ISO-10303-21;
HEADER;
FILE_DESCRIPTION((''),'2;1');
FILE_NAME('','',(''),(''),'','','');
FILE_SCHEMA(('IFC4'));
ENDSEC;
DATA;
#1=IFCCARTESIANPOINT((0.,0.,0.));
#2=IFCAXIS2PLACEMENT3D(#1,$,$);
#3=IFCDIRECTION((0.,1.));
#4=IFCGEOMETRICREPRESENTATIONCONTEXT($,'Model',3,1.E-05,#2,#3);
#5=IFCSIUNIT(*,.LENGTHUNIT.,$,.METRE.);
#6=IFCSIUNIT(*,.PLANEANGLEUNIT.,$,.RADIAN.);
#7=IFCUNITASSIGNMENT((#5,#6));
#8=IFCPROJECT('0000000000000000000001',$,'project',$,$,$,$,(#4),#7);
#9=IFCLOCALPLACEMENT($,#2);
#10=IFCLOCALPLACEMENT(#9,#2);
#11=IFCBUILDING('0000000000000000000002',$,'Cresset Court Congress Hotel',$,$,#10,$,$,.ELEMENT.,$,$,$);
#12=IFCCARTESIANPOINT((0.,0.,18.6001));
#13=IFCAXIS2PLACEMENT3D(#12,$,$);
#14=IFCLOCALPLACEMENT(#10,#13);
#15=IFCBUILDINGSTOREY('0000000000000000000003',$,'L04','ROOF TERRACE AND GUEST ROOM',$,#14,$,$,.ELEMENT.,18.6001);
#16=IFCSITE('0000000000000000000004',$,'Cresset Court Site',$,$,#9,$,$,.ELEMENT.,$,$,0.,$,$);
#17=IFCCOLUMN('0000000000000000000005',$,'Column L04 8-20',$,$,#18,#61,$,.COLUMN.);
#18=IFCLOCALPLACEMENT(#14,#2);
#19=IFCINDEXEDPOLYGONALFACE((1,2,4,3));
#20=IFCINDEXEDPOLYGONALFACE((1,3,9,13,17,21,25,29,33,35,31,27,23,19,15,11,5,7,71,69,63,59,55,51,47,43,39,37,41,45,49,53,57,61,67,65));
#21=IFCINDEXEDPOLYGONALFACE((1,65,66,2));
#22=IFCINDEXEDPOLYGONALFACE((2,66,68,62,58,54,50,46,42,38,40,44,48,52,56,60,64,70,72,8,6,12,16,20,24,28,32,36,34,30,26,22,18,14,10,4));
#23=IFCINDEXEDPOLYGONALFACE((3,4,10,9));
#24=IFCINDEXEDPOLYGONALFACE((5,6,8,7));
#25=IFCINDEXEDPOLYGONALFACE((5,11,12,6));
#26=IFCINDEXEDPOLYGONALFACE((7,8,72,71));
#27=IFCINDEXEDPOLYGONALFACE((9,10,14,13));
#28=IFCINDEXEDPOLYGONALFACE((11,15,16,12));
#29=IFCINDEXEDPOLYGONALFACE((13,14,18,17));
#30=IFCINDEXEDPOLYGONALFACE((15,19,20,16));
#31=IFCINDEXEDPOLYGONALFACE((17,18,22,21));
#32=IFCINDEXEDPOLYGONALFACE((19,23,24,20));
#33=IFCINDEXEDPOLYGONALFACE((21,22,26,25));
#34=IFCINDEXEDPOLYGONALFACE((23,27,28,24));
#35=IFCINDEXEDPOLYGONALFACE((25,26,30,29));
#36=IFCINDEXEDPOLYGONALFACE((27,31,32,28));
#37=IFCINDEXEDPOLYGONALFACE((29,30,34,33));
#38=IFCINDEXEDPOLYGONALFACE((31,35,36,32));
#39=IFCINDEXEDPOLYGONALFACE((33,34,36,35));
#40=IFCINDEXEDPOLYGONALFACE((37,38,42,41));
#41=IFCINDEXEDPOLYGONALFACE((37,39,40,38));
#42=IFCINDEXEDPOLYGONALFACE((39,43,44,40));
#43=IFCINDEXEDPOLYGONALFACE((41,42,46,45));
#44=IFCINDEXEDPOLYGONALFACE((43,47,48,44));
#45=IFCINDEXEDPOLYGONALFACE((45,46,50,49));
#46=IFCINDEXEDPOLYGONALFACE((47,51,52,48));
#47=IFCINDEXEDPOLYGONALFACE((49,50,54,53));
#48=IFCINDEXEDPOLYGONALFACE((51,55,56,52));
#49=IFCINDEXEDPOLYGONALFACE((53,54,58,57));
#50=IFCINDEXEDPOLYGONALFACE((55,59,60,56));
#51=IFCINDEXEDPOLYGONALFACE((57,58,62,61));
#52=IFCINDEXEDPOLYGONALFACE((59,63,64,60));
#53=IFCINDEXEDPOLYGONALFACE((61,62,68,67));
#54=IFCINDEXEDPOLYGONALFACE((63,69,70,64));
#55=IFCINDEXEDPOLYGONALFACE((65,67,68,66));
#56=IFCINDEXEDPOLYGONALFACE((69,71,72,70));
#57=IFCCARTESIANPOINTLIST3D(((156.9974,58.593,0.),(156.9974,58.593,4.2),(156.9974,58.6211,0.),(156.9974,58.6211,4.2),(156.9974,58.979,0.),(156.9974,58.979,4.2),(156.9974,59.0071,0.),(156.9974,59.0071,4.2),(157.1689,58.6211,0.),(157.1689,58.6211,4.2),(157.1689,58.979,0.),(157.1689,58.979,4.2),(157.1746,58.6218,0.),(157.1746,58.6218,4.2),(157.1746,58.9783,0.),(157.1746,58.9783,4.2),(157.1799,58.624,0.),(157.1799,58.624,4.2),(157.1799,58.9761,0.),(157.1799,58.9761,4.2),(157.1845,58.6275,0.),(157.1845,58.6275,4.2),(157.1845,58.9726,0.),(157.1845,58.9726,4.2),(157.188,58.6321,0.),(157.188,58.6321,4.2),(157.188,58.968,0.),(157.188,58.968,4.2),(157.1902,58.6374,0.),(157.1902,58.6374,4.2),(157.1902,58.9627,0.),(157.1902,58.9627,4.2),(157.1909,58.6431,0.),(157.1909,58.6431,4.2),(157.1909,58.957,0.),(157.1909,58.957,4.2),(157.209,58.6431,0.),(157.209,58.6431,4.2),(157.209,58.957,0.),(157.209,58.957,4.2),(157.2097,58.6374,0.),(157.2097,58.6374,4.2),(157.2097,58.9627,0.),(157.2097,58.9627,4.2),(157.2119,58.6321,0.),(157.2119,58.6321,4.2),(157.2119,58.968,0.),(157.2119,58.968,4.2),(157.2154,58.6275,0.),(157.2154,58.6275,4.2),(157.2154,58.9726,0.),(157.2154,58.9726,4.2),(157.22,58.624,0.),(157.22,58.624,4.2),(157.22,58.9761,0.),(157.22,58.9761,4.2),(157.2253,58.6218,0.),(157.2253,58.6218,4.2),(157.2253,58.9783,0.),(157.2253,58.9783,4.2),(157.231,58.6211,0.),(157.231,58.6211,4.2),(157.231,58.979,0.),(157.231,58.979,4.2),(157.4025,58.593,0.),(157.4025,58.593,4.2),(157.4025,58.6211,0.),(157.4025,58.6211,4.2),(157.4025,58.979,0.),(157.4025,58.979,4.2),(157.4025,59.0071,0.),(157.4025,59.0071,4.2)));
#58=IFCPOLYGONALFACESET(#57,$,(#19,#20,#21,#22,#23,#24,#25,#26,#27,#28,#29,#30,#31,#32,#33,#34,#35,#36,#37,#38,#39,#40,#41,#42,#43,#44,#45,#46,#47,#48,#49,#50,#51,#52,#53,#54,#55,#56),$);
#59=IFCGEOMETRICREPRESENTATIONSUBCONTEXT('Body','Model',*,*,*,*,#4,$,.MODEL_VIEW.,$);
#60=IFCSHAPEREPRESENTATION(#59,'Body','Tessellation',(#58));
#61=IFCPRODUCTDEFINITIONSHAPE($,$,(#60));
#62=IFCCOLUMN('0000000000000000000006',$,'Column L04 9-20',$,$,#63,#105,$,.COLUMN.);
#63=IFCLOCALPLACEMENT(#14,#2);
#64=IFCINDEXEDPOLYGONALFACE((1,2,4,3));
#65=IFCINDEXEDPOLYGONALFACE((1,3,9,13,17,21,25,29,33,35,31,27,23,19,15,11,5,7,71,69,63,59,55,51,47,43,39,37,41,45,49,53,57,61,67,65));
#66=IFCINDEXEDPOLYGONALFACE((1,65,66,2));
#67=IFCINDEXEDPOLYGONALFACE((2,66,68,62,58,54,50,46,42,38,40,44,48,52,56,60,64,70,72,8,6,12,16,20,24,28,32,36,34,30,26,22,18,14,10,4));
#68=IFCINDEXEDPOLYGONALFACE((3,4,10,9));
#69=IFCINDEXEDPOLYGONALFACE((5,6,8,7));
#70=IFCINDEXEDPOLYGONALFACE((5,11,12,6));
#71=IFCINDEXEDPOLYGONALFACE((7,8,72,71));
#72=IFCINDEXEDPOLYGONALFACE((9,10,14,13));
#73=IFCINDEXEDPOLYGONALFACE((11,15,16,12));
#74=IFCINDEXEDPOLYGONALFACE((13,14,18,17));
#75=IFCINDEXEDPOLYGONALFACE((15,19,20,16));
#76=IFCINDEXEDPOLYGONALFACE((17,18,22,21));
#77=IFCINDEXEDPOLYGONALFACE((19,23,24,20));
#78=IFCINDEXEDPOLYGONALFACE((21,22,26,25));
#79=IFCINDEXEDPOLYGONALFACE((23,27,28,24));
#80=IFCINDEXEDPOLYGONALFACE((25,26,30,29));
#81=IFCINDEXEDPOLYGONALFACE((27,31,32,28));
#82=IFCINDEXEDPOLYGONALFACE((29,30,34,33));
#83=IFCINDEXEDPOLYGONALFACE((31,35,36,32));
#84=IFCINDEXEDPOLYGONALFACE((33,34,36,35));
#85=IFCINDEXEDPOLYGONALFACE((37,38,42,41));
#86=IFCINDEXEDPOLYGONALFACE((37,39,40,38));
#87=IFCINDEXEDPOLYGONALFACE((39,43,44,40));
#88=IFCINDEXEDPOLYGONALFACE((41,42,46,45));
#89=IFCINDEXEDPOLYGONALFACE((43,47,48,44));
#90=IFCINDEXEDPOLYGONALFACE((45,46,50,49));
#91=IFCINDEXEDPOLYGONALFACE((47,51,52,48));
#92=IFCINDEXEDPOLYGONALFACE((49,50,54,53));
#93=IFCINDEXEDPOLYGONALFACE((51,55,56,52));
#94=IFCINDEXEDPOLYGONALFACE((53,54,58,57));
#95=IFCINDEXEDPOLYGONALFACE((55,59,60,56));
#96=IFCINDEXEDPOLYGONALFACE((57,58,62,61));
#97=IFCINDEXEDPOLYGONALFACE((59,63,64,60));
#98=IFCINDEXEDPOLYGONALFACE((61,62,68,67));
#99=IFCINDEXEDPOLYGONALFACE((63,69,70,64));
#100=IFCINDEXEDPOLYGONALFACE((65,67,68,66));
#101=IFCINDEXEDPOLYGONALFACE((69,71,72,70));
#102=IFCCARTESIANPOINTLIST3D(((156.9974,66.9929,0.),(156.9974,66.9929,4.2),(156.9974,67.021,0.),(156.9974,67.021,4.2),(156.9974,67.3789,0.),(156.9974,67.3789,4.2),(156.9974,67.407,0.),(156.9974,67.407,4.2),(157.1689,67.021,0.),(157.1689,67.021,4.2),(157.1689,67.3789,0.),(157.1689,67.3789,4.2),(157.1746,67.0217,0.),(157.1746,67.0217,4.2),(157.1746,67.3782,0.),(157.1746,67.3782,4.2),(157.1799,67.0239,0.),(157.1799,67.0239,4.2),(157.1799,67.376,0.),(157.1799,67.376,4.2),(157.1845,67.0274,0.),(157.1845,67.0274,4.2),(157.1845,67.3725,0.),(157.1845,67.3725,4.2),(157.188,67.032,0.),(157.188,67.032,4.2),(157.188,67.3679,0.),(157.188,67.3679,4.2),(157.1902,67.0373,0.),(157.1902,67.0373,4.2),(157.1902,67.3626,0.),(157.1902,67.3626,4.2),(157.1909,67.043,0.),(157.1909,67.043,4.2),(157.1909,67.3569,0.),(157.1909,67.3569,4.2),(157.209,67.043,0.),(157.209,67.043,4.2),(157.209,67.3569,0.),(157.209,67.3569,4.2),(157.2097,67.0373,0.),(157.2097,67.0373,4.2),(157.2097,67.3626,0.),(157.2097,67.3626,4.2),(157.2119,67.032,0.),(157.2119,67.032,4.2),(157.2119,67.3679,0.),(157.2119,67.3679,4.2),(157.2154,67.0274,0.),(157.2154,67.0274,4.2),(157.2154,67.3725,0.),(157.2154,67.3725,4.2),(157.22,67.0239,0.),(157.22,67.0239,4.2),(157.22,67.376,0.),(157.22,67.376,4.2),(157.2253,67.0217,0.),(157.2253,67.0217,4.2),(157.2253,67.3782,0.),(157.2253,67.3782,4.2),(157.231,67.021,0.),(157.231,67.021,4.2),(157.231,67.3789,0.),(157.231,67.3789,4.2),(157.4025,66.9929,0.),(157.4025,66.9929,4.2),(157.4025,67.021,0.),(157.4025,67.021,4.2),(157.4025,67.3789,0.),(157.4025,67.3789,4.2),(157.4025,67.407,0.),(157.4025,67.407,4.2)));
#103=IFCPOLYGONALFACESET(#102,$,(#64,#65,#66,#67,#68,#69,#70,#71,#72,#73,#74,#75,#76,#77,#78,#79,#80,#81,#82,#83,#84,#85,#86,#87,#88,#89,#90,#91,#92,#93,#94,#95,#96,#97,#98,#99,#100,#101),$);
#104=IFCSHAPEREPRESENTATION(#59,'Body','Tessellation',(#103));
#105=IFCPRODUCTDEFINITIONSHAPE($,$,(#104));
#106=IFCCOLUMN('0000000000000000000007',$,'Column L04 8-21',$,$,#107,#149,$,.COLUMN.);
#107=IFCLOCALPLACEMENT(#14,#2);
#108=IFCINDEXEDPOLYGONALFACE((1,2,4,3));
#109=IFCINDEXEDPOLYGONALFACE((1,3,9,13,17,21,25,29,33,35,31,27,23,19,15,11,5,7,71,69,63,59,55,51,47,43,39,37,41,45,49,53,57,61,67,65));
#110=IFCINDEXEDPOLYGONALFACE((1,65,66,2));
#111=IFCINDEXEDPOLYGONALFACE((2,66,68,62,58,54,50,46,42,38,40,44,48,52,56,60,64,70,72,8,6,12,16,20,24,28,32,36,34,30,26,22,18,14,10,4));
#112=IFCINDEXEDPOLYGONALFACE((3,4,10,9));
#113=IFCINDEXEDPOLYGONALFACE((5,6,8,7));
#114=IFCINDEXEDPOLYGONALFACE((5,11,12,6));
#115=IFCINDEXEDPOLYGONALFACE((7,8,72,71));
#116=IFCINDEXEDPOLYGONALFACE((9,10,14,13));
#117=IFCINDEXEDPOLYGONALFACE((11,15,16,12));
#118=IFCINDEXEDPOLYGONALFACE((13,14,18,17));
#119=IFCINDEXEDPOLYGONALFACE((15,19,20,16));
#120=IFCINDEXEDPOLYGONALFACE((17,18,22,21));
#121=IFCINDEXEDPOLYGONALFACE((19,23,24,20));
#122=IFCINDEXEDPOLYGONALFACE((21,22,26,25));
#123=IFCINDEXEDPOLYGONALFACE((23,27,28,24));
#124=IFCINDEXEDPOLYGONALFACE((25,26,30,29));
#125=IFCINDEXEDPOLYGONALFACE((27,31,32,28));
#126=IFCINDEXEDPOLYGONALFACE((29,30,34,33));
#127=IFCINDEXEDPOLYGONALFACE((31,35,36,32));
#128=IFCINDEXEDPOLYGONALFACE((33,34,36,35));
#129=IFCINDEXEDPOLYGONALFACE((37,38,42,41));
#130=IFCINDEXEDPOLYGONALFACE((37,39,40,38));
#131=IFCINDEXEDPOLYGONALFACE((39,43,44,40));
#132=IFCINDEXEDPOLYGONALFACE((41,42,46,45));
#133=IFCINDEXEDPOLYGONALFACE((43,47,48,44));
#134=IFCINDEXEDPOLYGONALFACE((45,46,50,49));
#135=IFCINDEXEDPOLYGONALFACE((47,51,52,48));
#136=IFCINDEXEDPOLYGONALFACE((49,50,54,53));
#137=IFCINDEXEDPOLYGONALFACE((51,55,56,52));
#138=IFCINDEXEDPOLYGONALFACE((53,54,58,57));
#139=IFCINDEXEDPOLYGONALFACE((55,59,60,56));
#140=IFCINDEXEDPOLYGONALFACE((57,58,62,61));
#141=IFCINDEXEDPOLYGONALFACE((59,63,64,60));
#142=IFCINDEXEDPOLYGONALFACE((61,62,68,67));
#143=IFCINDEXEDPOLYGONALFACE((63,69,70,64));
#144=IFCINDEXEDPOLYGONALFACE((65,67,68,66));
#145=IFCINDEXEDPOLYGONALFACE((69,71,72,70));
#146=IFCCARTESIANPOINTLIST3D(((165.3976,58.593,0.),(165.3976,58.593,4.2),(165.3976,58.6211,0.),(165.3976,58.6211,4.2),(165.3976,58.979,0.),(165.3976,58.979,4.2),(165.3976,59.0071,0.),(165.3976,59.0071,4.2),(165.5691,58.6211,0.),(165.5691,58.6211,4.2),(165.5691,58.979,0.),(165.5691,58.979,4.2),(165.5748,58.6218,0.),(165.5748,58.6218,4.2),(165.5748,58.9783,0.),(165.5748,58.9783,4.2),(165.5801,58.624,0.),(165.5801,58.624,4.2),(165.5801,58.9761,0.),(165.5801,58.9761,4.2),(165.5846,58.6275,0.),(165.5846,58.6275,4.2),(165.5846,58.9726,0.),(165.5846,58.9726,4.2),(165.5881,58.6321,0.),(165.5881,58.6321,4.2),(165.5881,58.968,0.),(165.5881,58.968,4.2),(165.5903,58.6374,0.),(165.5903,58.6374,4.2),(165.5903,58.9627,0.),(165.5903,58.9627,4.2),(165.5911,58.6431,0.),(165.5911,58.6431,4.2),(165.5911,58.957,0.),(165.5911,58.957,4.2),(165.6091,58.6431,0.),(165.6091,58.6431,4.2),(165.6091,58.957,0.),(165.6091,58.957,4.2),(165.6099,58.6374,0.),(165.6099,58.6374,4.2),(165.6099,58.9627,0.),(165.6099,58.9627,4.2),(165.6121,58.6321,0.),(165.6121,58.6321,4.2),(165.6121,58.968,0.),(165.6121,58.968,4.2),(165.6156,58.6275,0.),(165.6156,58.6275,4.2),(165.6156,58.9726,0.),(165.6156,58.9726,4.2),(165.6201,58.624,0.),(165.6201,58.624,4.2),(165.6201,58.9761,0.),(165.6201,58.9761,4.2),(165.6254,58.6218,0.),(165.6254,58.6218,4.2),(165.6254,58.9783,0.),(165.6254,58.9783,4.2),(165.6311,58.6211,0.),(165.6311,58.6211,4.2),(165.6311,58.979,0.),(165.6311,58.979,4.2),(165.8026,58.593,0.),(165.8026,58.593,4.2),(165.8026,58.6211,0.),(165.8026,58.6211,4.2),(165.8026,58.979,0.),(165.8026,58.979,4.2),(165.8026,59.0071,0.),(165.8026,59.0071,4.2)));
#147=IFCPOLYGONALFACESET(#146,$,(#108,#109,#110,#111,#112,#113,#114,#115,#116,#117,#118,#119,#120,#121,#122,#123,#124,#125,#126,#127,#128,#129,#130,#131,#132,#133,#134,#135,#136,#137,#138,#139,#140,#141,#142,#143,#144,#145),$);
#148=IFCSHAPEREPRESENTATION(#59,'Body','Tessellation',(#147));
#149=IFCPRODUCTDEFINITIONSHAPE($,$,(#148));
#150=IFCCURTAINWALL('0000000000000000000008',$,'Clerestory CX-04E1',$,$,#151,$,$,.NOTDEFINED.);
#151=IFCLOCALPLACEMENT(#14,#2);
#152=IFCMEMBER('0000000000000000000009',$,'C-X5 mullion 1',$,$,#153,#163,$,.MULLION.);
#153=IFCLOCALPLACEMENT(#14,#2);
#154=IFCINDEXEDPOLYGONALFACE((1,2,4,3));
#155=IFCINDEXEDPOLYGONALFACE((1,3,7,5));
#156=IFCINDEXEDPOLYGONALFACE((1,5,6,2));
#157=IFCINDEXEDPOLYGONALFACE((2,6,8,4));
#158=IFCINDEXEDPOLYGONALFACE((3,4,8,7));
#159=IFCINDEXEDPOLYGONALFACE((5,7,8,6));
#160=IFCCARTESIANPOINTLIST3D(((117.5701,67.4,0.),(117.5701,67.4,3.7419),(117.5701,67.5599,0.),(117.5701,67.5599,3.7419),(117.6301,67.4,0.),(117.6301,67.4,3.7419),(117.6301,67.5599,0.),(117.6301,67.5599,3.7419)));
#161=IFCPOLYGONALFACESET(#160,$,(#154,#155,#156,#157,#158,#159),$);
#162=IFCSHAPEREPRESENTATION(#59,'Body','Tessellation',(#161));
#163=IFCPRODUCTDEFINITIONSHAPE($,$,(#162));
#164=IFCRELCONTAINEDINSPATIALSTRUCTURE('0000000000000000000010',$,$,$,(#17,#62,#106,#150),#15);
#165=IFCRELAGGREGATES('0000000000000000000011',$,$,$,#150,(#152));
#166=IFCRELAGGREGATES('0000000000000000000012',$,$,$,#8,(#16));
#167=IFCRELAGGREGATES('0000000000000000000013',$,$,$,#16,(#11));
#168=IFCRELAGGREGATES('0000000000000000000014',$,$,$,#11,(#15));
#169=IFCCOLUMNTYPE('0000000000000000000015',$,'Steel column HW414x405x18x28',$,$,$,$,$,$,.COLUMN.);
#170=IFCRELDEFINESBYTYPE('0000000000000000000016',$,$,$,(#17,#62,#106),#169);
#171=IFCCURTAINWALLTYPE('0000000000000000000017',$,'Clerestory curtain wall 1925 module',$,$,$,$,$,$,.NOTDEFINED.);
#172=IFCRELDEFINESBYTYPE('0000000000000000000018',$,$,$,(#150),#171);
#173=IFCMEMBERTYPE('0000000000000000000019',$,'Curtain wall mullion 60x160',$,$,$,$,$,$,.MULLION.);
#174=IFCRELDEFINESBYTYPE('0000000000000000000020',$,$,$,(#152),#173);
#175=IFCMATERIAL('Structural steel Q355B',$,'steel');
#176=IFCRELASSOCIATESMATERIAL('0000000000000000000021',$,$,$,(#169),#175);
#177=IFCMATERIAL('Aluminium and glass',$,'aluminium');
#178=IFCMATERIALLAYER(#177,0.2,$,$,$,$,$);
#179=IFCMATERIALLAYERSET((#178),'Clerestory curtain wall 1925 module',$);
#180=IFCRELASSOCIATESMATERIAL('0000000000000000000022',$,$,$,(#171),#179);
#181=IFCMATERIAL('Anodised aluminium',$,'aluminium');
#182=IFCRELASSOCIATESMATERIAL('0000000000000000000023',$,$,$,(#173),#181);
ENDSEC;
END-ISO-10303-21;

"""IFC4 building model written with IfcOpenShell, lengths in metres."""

from ifc_helpers import new_model, si_unit, direction, frame, origin, origin_2d, place, context, subcontext, project, spatial, rectangle, i_section, extrude, material, layer, layer_set, material_profile, profile_set, type_object, element, aggregate, save


model = new_model("IFC4")

# Units and contexts
model_context = context("Model", 3, precision=1e-05, world=origin(), true_north=direction((0.0, 1.0)))
body_context = subcontext(model_context, "Body", "Model", "MODEL_VIEW")
ifc_project = project(units=[si_unit("LENGTHUNIT", "METRE"), si_unit("PLANEANGLEUNIT", "RADIAN")], contexts=[model_context])

# Site, building, storey
site_placement = place(None, origin())
site = spatial("IfcSite", under=ifc_project, at=site_placement, Name="Cresset Court Site", CompositionType="ELEMENT", RefElevation=0.0)
building_placement = place(site_placement, origin())
building = spatial("IfcBuilding", under=site, at=building_placement, Name="Cresset Court Congress Hotel", CompositionType="ELEMENT")
storey_placement = place(building_placement, frame((0.0, 0.0, 18.6001)))
storey = spatial("IfcBuildingStorey", under=building, at=storey_placement, Name="L04", Description="ROOF TERRACE AND GUEST ROOM", CompositionType="ELEMENT", Elevation=18.6001)

# Columns
ifc_material_1 = material(Name="Structural steel Q355B", Category="steel")
ifc_material_profile_1 = material_profile(ifc_material_1, i_section(OverallWidth=0.405, OverallDepth=0.4141, WebThickness=0.0181, FlangeThickness=0.0281, FilletRadius=0.022, at=origin_2d()), Name="HW414x405x18x28")
ifc_profile_set_1 = profile_set([ifc_material_profile_1], Name="Structural steel Q355B")
column_type = type_object("IfcColumnType", Name="Steel column HW414x405x18x28", PredefinedType="COLUMN", material=ifc_profile_set_1)
for number, where, z_axis, x_axis, name in (
    (1, (157.2, 58.8, 0.0), (0.0, 0.0, 1.0), (1.0, 0.0, 0.0), "Column L04 8-20"),
    (2, (157.2, 67.2, 0.0), (0.0, 0.0, 1.0), (1.0, 0.0, 0.0), "Column L04 9-20"),
    (3, (165.6001, 58.8, 0.0), (0.0, 0.0, 1.0), (1.0, 0.0, 0.0), "Column L04 8-21"),
):
    element("IfcColumn", number, at=place(storey_placement, frame(where, z_axis=z_axis, x_axis=x_axis)), inside=storey, type_object=column_type, Name=name, PredefinedType="COLUMN", context=body_context, shape_type="SweptSolid", body=[
        extrude(i_section(OverallWidth=0.405, OverallDepth=0.4141, WebThickness=0.0181, FlangeThickness=0.0281, FilletRadius=0.022, at=origin_2d()), origin(), (0.0, 0.0, 1.0), 4.2),
    ])

# Curtain wall, member
ifc_material_2 = material(Name="Aluminium and glass", Category="aluminium")
ifc_layer_1 = layer(ifc_material_2, 0.2)
ifc_layer_set_1 = layer_set([ifc_layer_1], Name="Clerestory curtain wall 1925 module")
curtain_wall_type = type_object("IfcCurtainWallType", Name="Clerestory curtain wall 1925 module", PredefinedType="NOTDEFINED", material=ifc_layer_set_1)
curtain_wall_placement = place(storey_placement, origin())
curtain_wall = element("IfcCurtainWall", 4, at=curtain_wall_placement, inside=storey, type_object=curtain_wall_type, Name="Clerestory CX-04E1", PredefinedType="NOTDEFINED")
ifc_material_3 = material(Name="Anodised aluminium", Category="aluminium")
ifc_material_profile_2 = material_profile(ifc_material_3, rectangle(XDim=0.0601, YDim=0.1599, at=origin_2d()), Name="AL60x160")
ifc_profile_set_2 = profile_set([ifc_material_profile_2], Name="Anodised aluminium")
member_type = type_object("IfcMemberType", Name="Curtain wall mullion 60x160", PredefinedType="MULLION", material=ifc_profile_set_2)
member_placement = place(storey_placement, frame((117.6001, 67.48, 0.0), z_axis=(0.0, 0.0, 1.0), x_axis=(-1.0, 0.0, 0.0)))
member = element("IfcMember", 5, at=member_placement, type_object=member_type, Name="C-X5 mullion 1", PredefinedType="MULLION", context=body_context, shape_type="SweptSolid", body=[
    extrude(rectangle(XDim=0.0601, YDim=0.1599, at=origin_2d()), origin(), (0.0, 0.0, 1.0), 3.7419),
])
aggregate(curtain_wall, [member])

save(model, "model.ifc")
